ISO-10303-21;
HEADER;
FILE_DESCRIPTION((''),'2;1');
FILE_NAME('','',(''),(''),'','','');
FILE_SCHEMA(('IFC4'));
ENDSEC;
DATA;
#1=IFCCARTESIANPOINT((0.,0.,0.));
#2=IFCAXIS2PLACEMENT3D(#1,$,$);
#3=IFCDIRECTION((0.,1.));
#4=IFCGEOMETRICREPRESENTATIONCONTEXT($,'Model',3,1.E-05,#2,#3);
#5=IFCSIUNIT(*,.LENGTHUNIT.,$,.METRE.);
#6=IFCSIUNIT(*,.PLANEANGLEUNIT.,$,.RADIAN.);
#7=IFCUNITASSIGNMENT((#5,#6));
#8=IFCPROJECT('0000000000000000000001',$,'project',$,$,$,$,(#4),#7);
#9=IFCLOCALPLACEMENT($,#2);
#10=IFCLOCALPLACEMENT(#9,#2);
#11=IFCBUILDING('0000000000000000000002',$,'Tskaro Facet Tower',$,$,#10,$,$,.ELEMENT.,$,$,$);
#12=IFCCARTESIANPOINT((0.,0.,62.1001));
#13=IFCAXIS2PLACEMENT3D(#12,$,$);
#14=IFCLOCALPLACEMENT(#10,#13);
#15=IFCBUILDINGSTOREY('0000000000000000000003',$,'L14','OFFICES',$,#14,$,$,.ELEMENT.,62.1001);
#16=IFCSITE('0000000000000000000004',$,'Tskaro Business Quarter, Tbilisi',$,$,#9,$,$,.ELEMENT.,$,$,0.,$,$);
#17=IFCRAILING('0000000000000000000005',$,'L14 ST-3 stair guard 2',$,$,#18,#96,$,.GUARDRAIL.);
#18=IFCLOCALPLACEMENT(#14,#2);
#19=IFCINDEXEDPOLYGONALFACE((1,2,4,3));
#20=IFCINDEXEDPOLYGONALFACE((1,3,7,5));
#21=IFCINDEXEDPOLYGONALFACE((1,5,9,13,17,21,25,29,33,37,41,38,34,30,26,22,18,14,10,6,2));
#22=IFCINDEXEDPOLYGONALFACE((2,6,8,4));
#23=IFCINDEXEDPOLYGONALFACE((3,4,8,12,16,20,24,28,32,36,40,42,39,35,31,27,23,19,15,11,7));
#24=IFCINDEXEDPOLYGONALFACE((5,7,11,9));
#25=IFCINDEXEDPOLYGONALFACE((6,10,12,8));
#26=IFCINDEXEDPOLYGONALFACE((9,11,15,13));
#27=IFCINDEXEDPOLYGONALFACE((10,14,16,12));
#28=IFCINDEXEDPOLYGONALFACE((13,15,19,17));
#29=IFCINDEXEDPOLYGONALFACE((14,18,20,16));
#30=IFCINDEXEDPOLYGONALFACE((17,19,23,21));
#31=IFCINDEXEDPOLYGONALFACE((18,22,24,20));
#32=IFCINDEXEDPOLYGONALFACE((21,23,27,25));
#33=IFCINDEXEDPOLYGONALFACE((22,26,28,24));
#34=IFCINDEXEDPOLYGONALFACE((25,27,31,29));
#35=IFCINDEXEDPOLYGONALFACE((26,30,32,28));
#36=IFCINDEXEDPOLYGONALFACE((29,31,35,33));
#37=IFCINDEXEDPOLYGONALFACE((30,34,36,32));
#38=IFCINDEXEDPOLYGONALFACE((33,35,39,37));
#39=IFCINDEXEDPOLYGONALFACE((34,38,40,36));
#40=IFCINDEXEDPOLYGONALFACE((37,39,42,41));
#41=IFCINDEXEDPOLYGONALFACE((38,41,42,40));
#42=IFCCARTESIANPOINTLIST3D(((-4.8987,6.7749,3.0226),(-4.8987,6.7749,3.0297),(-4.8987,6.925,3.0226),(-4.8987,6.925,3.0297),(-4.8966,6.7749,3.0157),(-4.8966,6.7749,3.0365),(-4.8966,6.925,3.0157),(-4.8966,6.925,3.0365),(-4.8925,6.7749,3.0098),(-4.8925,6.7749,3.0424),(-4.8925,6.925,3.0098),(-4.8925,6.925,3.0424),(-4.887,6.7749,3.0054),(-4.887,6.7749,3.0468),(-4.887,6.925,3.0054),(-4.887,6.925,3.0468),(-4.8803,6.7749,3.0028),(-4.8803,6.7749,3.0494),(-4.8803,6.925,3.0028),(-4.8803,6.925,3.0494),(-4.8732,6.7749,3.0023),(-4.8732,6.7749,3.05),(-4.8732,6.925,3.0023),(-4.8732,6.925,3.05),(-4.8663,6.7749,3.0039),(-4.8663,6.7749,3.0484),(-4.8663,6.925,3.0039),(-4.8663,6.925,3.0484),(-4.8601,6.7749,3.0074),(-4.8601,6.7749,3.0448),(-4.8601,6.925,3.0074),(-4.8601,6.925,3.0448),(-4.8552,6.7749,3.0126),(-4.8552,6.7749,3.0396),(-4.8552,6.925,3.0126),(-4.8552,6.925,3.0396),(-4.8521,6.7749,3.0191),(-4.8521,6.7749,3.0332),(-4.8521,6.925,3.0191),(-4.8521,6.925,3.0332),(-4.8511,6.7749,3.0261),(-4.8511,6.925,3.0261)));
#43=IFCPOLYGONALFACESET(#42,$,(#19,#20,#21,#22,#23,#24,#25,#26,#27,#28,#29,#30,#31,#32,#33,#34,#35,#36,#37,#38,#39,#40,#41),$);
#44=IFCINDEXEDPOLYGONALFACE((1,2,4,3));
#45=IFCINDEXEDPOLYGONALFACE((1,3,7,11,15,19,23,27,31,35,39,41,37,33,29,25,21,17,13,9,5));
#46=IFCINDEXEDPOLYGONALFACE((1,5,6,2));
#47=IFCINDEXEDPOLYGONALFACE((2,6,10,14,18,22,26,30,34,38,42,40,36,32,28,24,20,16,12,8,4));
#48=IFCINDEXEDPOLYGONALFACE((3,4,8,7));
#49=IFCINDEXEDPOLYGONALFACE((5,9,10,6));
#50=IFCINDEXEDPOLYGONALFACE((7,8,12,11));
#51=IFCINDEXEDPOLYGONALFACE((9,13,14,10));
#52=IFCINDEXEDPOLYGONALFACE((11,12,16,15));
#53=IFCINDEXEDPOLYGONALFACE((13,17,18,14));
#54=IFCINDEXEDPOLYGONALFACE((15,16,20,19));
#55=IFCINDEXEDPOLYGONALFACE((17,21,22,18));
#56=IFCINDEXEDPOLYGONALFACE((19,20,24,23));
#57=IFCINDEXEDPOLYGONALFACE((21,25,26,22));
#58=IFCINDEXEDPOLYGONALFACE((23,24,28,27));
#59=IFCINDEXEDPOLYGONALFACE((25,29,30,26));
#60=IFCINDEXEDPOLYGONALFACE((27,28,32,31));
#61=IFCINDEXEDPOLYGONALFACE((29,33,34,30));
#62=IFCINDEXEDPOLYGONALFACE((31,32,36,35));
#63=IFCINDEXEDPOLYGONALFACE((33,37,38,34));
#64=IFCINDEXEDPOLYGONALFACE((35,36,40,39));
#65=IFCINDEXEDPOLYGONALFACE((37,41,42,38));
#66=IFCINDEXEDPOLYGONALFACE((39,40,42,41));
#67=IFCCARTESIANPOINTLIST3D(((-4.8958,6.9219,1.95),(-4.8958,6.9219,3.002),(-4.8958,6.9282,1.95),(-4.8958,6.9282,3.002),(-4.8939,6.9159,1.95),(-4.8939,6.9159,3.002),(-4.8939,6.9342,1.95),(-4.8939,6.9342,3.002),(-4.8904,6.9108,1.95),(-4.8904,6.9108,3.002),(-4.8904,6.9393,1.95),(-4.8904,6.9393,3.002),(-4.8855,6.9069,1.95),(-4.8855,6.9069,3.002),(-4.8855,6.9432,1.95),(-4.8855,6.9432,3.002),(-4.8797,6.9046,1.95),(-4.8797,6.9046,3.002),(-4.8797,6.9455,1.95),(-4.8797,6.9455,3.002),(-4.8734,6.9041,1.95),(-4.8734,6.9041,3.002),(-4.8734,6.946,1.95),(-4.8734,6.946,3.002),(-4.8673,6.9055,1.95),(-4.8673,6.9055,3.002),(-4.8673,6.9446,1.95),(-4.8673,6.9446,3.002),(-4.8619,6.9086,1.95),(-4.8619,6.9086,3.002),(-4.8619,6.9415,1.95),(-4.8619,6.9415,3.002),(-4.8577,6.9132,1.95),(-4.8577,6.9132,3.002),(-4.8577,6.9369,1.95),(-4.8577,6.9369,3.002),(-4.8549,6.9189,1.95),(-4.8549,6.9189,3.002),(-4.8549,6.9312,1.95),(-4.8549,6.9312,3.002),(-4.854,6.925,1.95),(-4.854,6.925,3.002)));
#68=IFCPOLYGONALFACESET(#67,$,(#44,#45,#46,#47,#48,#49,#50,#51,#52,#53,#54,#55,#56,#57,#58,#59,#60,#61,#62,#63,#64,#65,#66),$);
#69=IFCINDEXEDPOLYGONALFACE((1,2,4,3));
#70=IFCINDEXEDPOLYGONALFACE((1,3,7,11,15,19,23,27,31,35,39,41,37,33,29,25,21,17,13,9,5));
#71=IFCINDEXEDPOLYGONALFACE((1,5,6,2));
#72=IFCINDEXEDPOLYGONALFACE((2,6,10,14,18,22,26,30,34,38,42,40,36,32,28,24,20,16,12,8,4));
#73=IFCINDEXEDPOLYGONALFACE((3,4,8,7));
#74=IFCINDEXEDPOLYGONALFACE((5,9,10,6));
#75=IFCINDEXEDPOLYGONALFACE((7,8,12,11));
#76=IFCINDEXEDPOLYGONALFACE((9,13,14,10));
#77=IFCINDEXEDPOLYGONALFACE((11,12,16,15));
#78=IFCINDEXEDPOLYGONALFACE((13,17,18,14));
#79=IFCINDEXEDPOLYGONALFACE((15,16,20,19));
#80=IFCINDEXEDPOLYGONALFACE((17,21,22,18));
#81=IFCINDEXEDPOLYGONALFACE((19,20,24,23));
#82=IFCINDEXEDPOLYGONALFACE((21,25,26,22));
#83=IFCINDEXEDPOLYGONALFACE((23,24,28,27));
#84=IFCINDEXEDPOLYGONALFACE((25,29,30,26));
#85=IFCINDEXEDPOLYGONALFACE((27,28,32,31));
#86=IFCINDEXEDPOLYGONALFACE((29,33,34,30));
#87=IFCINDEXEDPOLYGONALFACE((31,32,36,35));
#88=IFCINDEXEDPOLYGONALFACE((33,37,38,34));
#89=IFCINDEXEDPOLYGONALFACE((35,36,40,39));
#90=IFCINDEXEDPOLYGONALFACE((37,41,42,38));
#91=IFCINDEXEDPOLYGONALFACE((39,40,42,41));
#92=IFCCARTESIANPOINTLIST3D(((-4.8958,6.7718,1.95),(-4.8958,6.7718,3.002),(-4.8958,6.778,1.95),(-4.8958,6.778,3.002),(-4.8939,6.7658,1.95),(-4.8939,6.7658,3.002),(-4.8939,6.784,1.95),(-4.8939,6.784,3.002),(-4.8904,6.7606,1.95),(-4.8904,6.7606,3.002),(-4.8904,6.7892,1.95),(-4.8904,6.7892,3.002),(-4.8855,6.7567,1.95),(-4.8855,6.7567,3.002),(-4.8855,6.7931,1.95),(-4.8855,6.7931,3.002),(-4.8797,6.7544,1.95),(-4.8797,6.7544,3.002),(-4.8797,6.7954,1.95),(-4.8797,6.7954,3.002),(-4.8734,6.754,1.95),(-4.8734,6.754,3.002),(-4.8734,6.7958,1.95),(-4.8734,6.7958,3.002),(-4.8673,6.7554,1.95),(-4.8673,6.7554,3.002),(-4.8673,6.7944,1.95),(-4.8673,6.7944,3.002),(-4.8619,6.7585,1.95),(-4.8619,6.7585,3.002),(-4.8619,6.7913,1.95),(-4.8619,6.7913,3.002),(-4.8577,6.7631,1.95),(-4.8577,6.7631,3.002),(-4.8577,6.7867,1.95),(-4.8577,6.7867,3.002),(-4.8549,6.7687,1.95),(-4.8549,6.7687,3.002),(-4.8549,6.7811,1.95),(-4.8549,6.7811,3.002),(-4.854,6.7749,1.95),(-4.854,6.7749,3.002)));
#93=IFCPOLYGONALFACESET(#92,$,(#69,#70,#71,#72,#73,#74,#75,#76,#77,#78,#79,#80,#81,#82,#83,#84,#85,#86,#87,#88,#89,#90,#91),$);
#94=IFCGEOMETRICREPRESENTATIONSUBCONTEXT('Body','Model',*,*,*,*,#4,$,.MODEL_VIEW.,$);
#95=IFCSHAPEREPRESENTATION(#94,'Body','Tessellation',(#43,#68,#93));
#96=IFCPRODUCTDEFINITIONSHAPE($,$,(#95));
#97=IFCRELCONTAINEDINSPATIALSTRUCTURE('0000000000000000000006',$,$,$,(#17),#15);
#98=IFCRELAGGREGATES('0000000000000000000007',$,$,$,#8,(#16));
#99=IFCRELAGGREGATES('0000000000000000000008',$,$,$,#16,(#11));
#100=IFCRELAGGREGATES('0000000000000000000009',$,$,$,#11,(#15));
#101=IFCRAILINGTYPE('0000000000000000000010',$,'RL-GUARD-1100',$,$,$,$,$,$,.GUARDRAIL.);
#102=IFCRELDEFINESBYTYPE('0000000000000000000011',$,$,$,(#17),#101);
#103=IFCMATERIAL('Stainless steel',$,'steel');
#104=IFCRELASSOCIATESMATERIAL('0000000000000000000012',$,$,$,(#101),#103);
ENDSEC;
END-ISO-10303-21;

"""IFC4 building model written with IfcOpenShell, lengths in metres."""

from ifc_helpers import new_model, si_unit, direction, frame, origin, origin_2d, place, context, subcontext, project, spatial, circle, extrude, material, type_object, element, save


model = new_model("IFC4")

# Units and contexts
model_context = context("Model", 3, precision=1e-05, world=origin(), true_north=direction((0.0, 1.0)))
body_context = subcontext(model_context, "Body", "Model", "MODEL_VIEW")
ifc_project = project(units=[si_unit("LENGTHUNIT", "METRE"), si_unit("PLANEANGLEUNIT", "RADIAN")], contexts=[model_context])

# Site, building, storey
site_placement = place(None, origin())
site = spatial("IfcSite", under=ifc_project, at=site_placement, Name="Tskaro Business Quarter, Tbilisi", CompositionType="ELEMENT", RefElevation=0.0)
building_placement = place(site_placement, origin())
building = spatial("IfcBuilding", under=site, at=building_placement, Name="Tskaro Facet Tower", CompositionType="ELEMENT")
storey_placement = place(building_placement, frame((0.0, 0.0, 62.1001)))
storey = spatial("IfcBuildingStorey", under=building, at=storey_placement, Name="L14", Description="OFFICES", CompositionType="ELEMENT", Elevation=62.1001)

# Railing
ifc_material_1 = material(Name="Stainless steel", Category="steel")
railing_type_1 = type_object("IfcRailingType", Name="RL-GUARD-1100", PredefinedType="GUARDRAIL", material=ifc_material_1)
railing_1_placement = place(storey_placement, frame((-4.875, 6.925, 1.95)))
element("IfcRailing", 1, at=railing_1_placement, inside=storey, type_object=railing_type_1, Name="L14 ST-3 stair guard 2", PredefinedType="GUARDRAIL", context=body_context, shape_type="SweptSolid", body=[
    extrude(circle(Radius=0.0239, at=origin_2d()), frame((0.0, 0.0, 1.0762), z_axis=(0.0, -1.0, 0.0), x_axis=(1.0, 0.0, 0.0)), (0.0, 0.0, 1.0), 0.1501),
    extrude(circle(Radius=0.021, at=origin_2d()), origin(), (0.0, 0.0, 1.0), 1.052),
    extrude(circle(Radius=0.021, at=origin_2d()), frame((0.0, -0.1501, 0.0)), (0.0, 0.0, 1.0), 1.052),
])

save(model, "model.ifc")
